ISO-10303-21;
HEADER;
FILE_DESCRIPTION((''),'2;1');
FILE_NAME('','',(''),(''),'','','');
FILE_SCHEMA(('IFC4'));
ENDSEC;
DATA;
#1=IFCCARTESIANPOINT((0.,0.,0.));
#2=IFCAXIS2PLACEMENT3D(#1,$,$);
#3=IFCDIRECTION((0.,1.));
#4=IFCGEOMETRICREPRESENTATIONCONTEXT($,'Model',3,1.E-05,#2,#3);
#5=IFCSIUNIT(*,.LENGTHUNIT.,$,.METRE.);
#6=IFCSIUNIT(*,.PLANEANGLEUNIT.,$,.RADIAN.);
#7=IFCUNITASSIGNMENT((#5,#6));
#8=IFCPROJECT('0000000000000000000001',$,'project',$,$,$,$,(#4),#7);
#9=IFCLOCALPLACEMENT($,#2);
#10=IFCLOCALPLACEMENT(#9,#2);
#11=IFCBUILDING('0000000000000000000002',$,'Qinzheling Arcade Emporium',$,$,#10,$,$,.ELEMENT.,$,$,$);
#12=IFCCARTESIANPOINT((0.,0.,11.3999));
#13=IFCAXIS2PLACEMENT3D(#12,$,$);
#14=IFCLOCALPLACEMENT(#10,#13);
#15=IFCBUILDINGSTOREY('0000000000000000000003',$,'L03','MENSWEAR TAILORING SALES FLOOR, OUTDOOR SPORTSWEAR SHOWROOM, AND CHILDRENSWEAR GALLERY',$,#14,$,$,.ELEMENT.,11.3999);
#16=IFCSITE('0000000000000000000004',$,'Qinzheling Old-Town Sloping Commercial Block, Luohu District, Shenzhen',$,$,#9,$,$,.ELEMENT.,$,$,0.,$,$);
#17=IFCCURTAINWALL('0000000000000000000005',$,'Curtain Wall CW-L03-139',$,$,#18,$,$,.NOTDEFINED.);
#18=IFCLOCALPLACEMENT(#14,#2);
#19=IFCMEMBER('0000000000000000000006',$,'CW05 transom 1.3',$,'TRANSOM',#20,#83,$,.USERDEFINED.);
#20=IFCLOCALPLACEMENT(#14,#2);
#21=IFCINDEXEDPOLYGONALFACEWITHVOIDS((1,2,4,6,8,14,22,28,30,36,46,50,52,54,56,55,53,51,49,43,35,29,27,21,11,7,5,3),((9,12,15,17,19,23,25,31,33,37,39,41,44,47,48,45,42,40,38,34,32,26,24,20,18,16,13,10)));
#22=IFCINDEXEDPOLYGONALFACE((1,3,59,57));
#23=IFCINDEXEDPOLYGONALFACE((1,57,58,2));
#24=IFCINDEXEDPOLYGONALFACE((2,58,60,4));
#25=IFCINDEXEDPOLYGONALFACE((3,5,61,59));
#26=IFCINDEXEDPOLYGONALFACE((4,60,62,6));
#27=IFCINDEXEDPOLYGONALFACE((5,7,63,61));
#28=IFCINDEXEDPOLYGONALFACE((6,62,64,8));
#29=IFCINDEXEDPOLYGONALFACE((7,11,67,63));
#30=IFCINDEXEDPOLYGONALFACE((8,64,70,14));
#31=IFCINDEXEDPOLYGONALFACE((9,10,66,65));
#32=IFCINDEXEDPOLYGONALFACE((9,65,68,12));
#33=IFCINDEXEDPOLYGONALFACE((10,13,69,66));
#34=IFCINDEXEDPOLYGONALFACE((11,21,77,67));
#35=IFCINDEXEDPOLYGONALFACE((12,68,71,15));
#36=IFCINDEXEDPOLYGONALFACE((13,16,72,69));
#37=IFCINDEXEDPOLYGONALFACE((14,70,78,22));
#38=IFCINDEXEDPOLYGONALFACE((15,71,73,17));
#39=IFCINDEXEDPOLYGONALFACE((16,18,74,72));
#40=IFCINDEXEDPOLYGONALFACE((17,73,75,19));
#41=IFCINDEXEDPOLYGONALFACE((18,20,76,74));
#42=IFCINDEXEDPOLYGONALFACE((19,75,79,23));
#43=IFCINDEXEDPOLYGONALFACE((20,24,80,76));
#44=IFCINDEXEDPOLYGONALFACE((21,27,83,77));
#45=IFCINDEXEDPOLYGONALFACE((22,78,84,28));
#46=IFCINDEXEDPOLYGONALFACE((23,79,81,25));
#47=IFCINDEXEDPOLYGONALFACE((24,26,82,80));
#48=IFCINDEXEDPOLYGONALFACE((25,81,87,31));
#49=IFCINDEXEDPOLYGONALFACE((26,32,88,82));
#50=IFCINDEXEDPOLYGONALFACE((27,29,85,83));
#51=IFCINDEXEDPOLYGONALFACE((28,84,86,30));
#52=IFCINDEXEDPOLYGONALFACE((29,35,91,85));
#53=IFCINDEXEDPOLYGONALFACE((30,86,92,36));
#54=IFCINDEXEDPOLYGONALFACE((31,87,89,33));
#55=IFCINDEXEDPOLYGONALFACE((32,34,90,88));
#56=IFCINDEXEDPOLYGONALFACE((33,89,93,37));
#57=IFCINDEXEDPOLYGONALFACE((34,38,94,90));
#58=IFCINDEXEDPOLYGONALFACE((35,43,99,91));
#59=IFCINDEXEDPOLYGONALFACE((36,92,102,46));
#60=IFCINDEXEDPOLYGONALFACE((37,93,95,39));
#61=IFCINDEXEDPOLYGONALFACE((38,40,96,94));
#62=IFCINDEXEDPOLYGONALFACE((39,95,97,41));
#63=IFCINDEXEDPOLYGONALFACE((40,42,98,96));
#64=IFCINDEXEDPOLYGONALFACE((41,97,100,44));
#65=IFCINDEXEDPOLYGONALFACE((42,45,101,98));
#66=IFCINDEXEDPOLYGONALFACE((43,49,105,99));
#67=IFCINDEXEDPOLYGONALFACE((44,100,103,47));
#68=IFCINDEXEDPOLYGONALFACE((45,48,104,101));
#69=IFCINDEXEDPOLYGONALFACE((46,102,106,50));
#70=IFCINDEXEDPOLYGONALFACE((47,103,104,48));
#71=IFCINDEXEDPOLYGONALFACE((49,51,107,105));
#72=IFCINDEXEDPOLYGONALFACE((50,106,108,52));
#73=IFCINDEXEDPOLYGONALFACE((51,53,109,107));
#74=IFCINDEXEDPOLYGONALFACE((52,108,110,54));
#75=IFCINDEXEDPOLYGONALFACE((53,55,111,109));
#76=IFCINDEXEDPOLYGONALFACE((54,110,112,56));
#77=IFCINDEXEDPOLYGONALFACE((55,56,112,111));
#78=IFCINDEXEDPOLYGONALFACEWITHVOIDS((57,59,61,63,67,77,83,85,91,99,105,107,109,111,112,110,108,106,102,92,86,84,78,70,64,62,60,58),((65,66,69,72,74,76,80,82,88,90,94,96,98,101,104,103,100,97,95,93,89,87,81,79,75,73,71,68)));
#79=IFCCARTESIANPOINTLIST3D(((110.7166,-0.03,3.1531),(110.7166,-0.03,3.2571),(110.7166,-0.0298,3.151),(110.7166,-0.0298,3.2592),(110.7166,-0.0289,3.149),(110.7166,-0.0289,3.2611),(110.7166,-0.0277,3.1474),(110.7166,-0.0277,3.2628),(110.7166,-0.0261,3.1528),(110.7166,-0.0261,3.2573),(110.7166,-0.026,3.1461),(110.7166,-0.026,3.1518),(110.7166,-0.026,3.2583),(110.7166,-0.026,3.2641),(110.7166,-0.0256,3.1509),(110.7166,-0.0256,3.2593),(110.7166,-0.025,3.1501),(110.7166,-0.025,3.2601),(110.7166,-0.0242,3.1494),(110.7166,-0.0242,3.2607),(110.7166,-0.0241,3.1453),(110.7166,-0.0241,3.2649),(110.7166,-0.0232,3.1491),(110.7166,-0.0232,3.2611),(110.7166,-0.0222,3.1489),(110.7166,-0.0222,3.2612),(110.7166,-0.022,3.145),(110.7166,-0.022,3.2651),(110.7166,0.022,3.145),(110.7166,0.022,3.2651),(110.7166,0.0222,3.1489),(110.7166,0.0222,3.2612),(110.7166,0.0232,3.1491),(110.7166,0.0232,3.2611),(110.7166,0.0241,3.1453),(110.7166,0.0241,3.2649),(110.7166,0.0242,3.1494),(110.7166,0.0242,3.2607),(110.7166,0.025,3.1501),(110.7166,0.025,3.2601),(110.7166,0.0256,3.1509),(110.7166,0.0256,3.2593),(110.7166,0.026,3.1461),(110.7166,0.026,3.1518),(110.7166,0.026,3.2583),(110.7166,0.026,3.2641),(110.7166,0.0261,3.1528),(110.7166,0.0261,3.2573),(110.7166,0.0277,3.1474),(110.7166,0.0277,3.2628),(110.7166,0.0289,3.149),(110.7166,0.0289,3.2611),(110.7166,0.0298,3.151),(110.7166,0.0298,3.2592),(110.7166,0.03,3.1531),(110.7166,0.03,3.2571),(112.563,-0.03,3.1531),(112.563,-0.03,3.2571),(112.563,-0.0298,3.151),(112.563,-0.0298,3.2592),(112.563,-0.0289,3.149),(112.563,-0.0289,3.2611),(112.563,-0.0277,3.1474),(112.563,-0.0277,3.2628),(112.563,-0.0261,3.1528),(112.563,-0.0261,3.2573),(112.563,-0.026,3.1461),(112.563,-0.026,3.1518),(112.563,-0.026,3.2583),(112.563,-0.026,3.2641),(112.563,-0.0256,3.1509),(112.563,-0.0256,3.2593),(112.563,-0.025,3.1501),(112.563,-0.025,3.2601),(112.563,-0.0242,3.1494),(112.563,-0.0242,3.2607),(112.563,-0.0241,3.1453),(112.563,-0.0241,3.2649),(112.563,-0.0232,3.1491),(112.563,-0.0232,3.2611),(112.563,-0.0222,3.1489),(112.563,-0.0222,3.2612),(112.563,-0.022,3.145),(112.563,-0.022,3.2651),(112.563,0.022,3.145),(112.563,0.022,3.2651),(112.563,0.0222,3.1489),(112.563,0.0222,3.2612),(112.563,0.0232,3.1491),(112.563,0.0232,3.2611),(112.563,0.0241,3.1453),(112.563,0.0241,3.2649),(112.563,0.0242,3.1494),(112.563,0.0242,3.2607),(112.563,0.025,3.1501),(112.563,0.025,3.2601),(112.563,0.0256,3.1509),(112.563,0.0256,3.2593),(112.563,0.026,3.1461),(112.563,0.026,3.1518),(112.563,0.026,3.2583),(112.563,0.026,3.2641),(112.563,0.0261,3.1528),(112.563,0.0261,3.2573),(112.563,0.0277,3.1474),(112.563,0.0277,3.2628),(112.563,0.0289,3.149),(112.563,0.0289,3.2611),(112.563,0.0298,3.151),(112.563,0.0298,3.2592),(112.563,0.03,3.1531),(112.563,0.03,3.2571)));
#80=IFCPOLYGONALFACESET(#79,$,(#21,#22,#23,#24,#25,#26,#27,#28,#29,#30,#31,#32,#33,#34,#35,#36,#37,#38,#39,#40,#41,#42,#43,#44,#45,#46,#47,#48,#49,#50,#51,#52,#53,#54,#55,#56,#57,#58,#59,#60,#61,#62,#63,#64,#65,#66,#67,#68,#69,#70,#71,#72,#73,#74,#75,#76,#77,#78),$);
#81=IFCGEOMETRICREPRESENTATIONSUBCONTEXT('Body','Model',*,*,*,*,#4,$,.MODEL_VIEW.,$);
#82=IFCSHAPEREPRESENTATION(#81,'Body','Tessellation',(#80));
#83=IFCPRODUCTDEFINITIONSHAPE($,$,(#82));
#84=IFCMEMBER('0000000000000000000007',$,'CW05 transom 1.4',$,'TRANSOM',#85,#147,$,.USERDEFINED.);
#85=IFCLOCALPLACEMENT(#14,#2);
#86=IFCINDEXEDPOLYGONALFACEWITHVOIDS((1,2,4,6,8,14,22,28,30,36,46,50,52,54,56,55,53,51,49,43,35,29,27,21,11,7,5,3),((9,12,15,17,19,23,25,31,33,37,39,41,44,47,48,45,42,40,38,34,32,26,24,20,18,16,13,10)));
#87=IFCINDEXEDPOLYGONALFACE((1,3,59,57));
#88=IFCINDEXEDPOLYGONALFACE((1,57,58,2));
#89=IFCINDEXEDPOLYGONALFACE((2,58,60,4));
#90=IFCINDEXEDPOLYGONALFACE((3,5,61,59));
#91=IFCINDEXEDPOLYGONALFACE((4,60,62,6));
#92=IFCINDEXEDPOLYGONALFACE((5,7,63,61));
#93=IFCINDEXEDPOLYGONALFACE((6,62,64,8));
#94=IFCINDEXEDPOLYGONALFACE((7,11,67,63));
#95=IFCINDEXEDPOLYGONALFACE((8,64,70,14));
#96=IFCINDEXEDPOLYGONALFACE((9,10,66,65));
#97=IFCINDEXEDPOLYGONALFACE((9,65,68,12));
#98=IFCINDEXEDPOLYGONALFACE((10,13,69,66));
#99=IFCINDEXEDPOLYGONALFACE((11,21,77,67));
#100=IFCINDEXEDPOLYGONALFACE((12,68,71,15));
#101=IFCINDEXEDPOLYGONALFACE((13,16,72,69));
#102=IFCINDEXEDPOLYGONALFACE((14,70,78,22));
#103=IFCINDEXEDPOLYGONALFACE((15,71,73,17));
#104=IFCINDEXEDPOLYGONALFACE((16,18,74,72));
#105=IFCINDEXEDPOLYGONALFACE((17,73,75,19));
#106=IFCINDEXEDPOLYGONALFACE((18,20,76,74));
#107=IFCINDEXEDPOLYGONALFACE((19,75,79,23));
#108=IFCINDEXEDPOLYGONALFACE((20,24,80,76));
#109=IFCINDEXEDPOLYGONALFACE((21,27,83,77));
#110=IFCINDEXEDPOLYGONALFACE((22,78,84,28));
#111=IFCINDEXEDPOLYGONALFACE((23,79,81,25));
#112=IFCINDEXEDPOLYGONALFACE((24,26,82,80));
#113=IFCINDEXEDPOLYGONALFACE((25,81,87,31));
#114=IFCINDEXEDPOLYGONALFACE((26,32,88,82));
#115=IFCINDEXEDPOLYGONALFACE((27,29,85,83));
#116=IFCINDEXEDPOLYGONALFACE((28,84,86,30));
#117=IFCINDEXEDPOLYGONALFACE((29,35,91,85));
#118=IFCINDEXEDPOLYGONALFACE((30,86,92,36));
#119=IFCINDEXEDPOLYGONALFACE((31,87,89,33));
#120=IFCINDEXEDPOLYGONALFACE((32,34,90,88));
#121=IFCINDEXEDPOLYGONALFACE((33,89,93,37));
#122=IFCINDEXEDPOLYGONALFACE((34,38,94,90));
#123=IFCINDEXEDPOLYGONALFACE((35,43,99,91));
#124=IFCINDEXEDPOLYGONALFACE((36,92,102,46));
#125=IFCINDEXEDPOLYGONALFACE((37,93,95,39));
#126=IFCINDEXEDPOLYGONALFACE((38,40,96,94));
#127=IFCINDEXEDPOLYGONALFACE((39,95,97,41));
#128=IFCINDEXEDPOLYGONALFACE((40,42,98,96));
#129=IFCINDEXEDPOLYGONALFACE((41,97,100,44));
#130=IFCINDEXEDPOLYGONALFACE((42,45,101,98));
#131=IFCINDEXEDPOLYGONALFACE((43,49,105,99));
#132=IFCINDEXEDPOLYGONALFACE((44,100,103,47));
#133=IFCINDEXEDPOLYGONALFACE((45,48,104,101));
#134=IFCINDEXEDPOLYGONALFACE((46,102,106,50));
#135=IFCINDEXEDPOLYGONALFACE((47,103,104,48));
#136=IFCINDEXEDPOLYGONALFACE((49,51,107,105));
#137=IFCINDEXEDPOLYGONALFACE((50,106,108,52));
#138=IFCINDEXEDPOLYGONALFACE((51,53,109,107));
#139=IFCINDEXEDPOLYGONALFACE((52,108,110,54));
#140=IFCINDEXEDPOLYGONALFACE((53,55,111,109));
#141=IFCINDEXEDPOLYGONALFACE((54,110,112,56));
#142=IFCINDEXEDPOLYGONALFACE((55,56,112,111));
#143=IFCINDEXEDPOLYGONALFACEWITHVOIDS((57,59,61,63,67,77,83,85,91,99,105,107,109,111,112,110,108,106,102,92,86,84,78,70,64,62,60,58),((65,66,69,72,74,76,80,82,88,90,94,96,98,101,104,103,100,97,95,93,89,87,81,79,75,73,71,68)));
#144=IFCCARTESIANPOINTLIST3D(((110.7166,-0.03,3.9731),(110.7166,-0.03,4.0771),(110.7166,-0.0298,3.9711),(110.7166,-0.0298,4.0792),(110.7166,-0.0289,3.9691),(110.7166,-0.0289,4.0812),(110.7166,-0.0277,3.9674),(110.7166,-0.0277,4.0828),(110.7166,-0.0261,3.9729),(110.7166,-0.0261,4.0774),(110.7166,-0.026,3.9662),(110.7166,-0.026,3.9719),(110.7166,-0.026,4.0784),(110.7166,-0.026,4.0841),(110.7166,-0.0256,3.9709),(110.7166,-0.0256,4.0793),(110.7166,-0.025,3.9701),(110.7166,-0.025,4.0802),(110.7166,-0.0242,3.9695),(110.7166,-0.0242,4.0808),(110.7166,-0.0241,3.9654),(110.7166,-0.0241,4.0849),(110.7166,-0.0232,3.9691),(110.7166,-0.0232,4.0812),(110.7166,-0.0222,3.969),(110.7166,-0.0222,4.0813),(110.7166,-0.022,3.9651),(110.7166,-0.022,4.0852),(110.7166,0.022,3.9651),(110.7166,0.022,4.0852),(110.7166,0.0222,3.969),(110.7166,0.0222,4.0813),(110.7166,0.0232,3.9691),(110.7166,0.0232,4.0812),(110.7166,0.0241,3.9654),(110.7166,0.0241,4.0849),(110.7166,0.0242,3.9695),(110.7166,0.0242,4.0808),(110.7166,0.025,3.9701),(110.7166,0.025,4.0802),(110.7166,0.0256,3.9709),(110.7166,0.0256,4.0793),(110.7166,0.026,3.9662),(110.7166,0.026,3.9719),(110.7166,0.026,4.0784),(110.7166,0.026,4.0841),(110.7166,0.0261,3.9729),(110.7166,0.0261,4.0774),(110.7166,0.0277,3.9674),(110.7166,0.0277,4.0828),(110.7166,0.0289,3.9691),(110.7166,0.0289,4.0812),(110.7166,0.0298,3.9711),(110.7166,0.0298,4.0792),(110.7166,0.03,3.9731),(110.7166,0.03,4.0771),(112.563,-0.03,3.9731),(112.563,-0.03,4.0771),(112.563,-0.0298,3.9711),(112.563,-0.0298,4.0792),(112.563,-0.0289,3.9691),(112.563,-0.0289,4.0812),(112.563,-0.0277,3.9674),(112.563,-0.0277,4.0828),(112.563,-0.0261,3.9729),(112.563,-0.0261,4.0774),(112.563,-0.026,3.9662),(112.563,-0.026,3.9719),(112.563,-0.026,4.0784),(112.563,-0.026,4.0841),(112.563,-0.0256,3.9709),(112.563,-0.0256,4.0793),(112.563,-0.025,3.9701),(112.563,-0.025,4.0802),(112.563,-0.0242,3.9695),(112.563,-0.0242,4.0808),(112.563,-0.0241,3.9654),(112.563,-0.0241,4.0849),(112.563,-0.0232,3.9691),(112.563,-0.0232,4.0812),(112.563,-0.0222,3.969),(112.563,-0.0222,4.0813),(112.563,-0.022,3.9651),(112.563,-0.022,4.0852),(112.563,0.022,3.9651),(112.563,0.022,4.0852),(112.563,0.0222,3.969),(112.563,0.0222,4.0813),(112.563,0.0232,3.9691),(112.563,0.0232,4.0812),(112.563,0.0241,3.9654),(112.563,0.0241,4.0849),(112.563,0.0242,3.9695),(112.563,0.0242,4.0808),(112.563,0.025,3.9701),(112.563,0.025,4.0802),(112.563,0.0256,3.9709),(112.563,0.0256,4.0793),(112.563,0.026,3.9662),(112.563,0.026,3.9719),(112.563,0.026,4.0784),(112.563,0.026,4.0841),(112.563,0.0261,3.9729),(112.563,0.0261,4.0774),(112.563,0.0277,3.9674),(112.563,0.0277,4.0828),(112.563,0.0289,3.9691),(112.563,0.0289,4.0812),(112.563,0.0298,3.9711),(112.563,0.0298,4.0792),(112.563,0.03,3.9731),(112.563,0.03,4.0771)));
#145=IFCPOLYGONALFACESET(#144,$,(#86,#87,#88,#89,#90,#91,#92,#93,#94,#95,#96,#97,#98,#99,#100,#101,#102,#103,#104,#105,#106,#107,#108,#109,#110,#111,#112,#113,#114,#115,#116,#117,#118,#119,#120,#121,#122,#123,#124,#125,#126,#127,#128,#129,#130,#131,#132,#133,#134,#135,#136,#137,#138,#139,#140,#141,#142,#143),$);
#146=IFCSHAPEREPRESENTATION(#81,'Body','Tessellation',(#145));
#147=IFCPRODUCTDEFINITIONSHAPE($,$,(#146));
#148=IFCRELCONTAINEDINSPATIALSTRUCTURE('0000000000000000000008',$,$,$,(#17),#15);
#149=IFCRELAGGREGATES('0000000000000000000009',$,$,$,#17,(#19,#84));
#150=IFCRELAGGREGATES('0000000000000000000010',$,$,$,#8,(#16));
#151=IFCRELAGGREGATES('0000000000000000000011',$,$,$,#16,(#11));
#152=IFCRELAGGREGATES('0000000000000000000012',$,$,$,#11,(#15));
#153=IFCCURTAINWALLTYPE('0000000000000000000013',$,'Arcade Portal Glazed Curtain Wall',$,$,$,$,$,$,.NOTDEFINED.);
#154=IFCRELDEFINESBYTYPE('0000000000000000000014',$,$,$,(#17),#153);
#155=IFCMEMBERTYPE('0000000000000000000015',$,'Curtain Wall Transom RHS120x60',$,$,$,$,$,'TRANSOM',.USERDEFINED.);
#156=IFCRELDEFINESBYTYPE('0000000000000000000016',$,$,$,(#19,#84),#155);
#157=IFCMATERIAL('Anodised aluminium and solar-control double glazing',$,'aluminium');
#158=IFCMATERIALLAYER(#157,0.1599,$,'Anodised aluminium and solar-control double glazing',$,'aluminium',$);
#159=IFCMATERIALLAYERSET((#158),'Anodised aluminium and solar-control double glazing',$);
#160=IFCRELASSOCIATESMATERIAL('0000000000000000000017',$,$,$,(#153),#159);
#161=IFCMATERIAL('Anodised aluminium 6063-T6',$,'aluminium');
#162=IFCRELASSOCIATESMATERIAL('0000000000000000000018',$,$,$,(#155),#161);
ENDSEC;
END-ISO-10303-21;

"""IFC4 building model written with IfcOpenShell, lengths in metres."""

from ifc_helpers import new_model, si_unit, direction, frame, origin, origin_2d, place, context, subcontext, project, spatial, hollow_rectangle, extrude, material, layer, layer_set, material_profile, profile_set, type_object, element, aggregate, save


model = new_model("IFC4")

# Units and contexts
model_context = context("Model", 3, precision=1e-05, world=origin(), true_north=direction((0.0, 1.0)))
body_context = subcontext(model_context, "Body", "Model", "MODEL_VIEW")
ifc_project = project(units=[si_unit("LENGTHUNIT", "METRE"), si_unit("PLANEANGLEUNIT", "RADIAN")], contexts=[model_context])

# Site, building, storey
site_placement = place(None, origin())
site = spatial("IfcSite", under=ifc_project, at=site_placement, Name="Qinzheling Old-Town Sloping Commercial Block, Luohu District, Shenzhen", CompositionType="ELEMENT", RefElevation=0.0)
building_placement = place(site_placement, origin())
building = spatial("IfcBuilding", under=site, at=building_placement, Name="Qinzheling Arcade Emporium", CompositionType="ELEMENT")
storey_placement = place(building_placement, frame((0.0, 0.0, 11.3999)))
storey = spatial("IfcBuildingStorey", under=building, at=storey_placement, Name="L03", Description="MENSWEAR TAILORING SALES FLOOR, OUTDOOR SPORTSWEAR SHOWROOM, AND CHILDRENSWEAR GALLERY", CompositionType="ELEMENT", Elevation=11.3999)

# Curtain wall, members
ifc_material_1 = material(Name="Anodised aluminium and solar-control double glazing", Category="aluminium")
ifc_layer_1 = layer(ifc_material_1, 0.1599, Name="Anodised aluminium and solar-control double glazing", Category="aluminium")
ifc_layer_set_1 = layer_set([ifc_layer_1], Name="Anodised aluminium and solar-control double glazing")
curtain_wall_type = type_object("IfcCurtainWallType", Name="Arcade Portal Glazed Curtain Wall", PredefinedType="NOTDEFINED", material=ifc_layer_set_1)
curtain_wall_placement = place(storey_placement, origin())
curtain_wall = element("IfcCurtainWall", 1, at=curtain_wall_placement, inside=storey, type_object=curtain_wall_type, Name="Curtain Wall CW-L03-139", PredefinedType="NOTDEFINED")
ifc_material_2 = material(Name="Anodised aluminium 6063-T6", Category="aluminium")
ifc_material_profile_1 = material_profile(ifc_material_2, hollow_rectangle(XDim=0.0601, YDim=0.1201, WallThickness=0.0039, InnerFilletRadius=0.0039, OuterFilletRadius=0.0081, at=origin_2d()), Name="RHS 120x60x4", Category="aluminium")
ifc_profile_set_1 = profile_set([ifc_material_profile_1], Name="Anodised aluminium 6063-T6")
member_type_1 = type_object("IfcMemberType", Name="Curtain Wall Transom RHS120x60", ElementType="TRANSOM", PredefinedType="USERDEFINED", material=ifc_profile_set_1)
member_1_placement = place(storey_placement, frame((112.563, 0.0, 3.2051), z_axis=(-1.0, 0.0, 0.0), x_axis=(0.0, -1.0, 0.0)))
member_1 = element("IfcMember", 2, at=member_1_placement, type_object=member_type_1, Name="CW05 transom 1.3", ObjectType="TRANSOM", PredefinedType="USERDEFINED", context=body_context, shape_type="SweptSolid", body=[
    extrude(hollow_rectangle(XDim=0.0601, YDim=0.1201, WallThickness=0.0039, InnerFilletRadius=0.0039, OuterFilletRadius=0.0081, at=origin_2d()), origin(), (0.0, 0.0, 1.0), 1.8464),
])
member_2_placement = place(storey_placement, frame((112.563, 0.0, 4.0251), z_axis=(-1.0, 0.0, 0.0), x_axis=(0.0, -1.0, 0.0)))
member_2 = element("IfcMember", 3, at=member_2_placement, type_object=member_type_1, Name="CW05 transom 1.4", ObjectType="TRANSOM", PredefinedType="USERDEFINED", context=body_context, shape_type="SweptSolid", body=[
    extrude(hollow_rectangle(XDim=0.0601, YDim=0.1201, WallThickness=0.0039, InnerFilletRadius=0.0039, OuterFilletRadius=0.0081, at=origin_2d()), origin(), (0.0, 0.0, 1.0), 1.8464),
])

aggregate(curtain_wall, [member_1, member_2])

save(model, "model.ifc")
